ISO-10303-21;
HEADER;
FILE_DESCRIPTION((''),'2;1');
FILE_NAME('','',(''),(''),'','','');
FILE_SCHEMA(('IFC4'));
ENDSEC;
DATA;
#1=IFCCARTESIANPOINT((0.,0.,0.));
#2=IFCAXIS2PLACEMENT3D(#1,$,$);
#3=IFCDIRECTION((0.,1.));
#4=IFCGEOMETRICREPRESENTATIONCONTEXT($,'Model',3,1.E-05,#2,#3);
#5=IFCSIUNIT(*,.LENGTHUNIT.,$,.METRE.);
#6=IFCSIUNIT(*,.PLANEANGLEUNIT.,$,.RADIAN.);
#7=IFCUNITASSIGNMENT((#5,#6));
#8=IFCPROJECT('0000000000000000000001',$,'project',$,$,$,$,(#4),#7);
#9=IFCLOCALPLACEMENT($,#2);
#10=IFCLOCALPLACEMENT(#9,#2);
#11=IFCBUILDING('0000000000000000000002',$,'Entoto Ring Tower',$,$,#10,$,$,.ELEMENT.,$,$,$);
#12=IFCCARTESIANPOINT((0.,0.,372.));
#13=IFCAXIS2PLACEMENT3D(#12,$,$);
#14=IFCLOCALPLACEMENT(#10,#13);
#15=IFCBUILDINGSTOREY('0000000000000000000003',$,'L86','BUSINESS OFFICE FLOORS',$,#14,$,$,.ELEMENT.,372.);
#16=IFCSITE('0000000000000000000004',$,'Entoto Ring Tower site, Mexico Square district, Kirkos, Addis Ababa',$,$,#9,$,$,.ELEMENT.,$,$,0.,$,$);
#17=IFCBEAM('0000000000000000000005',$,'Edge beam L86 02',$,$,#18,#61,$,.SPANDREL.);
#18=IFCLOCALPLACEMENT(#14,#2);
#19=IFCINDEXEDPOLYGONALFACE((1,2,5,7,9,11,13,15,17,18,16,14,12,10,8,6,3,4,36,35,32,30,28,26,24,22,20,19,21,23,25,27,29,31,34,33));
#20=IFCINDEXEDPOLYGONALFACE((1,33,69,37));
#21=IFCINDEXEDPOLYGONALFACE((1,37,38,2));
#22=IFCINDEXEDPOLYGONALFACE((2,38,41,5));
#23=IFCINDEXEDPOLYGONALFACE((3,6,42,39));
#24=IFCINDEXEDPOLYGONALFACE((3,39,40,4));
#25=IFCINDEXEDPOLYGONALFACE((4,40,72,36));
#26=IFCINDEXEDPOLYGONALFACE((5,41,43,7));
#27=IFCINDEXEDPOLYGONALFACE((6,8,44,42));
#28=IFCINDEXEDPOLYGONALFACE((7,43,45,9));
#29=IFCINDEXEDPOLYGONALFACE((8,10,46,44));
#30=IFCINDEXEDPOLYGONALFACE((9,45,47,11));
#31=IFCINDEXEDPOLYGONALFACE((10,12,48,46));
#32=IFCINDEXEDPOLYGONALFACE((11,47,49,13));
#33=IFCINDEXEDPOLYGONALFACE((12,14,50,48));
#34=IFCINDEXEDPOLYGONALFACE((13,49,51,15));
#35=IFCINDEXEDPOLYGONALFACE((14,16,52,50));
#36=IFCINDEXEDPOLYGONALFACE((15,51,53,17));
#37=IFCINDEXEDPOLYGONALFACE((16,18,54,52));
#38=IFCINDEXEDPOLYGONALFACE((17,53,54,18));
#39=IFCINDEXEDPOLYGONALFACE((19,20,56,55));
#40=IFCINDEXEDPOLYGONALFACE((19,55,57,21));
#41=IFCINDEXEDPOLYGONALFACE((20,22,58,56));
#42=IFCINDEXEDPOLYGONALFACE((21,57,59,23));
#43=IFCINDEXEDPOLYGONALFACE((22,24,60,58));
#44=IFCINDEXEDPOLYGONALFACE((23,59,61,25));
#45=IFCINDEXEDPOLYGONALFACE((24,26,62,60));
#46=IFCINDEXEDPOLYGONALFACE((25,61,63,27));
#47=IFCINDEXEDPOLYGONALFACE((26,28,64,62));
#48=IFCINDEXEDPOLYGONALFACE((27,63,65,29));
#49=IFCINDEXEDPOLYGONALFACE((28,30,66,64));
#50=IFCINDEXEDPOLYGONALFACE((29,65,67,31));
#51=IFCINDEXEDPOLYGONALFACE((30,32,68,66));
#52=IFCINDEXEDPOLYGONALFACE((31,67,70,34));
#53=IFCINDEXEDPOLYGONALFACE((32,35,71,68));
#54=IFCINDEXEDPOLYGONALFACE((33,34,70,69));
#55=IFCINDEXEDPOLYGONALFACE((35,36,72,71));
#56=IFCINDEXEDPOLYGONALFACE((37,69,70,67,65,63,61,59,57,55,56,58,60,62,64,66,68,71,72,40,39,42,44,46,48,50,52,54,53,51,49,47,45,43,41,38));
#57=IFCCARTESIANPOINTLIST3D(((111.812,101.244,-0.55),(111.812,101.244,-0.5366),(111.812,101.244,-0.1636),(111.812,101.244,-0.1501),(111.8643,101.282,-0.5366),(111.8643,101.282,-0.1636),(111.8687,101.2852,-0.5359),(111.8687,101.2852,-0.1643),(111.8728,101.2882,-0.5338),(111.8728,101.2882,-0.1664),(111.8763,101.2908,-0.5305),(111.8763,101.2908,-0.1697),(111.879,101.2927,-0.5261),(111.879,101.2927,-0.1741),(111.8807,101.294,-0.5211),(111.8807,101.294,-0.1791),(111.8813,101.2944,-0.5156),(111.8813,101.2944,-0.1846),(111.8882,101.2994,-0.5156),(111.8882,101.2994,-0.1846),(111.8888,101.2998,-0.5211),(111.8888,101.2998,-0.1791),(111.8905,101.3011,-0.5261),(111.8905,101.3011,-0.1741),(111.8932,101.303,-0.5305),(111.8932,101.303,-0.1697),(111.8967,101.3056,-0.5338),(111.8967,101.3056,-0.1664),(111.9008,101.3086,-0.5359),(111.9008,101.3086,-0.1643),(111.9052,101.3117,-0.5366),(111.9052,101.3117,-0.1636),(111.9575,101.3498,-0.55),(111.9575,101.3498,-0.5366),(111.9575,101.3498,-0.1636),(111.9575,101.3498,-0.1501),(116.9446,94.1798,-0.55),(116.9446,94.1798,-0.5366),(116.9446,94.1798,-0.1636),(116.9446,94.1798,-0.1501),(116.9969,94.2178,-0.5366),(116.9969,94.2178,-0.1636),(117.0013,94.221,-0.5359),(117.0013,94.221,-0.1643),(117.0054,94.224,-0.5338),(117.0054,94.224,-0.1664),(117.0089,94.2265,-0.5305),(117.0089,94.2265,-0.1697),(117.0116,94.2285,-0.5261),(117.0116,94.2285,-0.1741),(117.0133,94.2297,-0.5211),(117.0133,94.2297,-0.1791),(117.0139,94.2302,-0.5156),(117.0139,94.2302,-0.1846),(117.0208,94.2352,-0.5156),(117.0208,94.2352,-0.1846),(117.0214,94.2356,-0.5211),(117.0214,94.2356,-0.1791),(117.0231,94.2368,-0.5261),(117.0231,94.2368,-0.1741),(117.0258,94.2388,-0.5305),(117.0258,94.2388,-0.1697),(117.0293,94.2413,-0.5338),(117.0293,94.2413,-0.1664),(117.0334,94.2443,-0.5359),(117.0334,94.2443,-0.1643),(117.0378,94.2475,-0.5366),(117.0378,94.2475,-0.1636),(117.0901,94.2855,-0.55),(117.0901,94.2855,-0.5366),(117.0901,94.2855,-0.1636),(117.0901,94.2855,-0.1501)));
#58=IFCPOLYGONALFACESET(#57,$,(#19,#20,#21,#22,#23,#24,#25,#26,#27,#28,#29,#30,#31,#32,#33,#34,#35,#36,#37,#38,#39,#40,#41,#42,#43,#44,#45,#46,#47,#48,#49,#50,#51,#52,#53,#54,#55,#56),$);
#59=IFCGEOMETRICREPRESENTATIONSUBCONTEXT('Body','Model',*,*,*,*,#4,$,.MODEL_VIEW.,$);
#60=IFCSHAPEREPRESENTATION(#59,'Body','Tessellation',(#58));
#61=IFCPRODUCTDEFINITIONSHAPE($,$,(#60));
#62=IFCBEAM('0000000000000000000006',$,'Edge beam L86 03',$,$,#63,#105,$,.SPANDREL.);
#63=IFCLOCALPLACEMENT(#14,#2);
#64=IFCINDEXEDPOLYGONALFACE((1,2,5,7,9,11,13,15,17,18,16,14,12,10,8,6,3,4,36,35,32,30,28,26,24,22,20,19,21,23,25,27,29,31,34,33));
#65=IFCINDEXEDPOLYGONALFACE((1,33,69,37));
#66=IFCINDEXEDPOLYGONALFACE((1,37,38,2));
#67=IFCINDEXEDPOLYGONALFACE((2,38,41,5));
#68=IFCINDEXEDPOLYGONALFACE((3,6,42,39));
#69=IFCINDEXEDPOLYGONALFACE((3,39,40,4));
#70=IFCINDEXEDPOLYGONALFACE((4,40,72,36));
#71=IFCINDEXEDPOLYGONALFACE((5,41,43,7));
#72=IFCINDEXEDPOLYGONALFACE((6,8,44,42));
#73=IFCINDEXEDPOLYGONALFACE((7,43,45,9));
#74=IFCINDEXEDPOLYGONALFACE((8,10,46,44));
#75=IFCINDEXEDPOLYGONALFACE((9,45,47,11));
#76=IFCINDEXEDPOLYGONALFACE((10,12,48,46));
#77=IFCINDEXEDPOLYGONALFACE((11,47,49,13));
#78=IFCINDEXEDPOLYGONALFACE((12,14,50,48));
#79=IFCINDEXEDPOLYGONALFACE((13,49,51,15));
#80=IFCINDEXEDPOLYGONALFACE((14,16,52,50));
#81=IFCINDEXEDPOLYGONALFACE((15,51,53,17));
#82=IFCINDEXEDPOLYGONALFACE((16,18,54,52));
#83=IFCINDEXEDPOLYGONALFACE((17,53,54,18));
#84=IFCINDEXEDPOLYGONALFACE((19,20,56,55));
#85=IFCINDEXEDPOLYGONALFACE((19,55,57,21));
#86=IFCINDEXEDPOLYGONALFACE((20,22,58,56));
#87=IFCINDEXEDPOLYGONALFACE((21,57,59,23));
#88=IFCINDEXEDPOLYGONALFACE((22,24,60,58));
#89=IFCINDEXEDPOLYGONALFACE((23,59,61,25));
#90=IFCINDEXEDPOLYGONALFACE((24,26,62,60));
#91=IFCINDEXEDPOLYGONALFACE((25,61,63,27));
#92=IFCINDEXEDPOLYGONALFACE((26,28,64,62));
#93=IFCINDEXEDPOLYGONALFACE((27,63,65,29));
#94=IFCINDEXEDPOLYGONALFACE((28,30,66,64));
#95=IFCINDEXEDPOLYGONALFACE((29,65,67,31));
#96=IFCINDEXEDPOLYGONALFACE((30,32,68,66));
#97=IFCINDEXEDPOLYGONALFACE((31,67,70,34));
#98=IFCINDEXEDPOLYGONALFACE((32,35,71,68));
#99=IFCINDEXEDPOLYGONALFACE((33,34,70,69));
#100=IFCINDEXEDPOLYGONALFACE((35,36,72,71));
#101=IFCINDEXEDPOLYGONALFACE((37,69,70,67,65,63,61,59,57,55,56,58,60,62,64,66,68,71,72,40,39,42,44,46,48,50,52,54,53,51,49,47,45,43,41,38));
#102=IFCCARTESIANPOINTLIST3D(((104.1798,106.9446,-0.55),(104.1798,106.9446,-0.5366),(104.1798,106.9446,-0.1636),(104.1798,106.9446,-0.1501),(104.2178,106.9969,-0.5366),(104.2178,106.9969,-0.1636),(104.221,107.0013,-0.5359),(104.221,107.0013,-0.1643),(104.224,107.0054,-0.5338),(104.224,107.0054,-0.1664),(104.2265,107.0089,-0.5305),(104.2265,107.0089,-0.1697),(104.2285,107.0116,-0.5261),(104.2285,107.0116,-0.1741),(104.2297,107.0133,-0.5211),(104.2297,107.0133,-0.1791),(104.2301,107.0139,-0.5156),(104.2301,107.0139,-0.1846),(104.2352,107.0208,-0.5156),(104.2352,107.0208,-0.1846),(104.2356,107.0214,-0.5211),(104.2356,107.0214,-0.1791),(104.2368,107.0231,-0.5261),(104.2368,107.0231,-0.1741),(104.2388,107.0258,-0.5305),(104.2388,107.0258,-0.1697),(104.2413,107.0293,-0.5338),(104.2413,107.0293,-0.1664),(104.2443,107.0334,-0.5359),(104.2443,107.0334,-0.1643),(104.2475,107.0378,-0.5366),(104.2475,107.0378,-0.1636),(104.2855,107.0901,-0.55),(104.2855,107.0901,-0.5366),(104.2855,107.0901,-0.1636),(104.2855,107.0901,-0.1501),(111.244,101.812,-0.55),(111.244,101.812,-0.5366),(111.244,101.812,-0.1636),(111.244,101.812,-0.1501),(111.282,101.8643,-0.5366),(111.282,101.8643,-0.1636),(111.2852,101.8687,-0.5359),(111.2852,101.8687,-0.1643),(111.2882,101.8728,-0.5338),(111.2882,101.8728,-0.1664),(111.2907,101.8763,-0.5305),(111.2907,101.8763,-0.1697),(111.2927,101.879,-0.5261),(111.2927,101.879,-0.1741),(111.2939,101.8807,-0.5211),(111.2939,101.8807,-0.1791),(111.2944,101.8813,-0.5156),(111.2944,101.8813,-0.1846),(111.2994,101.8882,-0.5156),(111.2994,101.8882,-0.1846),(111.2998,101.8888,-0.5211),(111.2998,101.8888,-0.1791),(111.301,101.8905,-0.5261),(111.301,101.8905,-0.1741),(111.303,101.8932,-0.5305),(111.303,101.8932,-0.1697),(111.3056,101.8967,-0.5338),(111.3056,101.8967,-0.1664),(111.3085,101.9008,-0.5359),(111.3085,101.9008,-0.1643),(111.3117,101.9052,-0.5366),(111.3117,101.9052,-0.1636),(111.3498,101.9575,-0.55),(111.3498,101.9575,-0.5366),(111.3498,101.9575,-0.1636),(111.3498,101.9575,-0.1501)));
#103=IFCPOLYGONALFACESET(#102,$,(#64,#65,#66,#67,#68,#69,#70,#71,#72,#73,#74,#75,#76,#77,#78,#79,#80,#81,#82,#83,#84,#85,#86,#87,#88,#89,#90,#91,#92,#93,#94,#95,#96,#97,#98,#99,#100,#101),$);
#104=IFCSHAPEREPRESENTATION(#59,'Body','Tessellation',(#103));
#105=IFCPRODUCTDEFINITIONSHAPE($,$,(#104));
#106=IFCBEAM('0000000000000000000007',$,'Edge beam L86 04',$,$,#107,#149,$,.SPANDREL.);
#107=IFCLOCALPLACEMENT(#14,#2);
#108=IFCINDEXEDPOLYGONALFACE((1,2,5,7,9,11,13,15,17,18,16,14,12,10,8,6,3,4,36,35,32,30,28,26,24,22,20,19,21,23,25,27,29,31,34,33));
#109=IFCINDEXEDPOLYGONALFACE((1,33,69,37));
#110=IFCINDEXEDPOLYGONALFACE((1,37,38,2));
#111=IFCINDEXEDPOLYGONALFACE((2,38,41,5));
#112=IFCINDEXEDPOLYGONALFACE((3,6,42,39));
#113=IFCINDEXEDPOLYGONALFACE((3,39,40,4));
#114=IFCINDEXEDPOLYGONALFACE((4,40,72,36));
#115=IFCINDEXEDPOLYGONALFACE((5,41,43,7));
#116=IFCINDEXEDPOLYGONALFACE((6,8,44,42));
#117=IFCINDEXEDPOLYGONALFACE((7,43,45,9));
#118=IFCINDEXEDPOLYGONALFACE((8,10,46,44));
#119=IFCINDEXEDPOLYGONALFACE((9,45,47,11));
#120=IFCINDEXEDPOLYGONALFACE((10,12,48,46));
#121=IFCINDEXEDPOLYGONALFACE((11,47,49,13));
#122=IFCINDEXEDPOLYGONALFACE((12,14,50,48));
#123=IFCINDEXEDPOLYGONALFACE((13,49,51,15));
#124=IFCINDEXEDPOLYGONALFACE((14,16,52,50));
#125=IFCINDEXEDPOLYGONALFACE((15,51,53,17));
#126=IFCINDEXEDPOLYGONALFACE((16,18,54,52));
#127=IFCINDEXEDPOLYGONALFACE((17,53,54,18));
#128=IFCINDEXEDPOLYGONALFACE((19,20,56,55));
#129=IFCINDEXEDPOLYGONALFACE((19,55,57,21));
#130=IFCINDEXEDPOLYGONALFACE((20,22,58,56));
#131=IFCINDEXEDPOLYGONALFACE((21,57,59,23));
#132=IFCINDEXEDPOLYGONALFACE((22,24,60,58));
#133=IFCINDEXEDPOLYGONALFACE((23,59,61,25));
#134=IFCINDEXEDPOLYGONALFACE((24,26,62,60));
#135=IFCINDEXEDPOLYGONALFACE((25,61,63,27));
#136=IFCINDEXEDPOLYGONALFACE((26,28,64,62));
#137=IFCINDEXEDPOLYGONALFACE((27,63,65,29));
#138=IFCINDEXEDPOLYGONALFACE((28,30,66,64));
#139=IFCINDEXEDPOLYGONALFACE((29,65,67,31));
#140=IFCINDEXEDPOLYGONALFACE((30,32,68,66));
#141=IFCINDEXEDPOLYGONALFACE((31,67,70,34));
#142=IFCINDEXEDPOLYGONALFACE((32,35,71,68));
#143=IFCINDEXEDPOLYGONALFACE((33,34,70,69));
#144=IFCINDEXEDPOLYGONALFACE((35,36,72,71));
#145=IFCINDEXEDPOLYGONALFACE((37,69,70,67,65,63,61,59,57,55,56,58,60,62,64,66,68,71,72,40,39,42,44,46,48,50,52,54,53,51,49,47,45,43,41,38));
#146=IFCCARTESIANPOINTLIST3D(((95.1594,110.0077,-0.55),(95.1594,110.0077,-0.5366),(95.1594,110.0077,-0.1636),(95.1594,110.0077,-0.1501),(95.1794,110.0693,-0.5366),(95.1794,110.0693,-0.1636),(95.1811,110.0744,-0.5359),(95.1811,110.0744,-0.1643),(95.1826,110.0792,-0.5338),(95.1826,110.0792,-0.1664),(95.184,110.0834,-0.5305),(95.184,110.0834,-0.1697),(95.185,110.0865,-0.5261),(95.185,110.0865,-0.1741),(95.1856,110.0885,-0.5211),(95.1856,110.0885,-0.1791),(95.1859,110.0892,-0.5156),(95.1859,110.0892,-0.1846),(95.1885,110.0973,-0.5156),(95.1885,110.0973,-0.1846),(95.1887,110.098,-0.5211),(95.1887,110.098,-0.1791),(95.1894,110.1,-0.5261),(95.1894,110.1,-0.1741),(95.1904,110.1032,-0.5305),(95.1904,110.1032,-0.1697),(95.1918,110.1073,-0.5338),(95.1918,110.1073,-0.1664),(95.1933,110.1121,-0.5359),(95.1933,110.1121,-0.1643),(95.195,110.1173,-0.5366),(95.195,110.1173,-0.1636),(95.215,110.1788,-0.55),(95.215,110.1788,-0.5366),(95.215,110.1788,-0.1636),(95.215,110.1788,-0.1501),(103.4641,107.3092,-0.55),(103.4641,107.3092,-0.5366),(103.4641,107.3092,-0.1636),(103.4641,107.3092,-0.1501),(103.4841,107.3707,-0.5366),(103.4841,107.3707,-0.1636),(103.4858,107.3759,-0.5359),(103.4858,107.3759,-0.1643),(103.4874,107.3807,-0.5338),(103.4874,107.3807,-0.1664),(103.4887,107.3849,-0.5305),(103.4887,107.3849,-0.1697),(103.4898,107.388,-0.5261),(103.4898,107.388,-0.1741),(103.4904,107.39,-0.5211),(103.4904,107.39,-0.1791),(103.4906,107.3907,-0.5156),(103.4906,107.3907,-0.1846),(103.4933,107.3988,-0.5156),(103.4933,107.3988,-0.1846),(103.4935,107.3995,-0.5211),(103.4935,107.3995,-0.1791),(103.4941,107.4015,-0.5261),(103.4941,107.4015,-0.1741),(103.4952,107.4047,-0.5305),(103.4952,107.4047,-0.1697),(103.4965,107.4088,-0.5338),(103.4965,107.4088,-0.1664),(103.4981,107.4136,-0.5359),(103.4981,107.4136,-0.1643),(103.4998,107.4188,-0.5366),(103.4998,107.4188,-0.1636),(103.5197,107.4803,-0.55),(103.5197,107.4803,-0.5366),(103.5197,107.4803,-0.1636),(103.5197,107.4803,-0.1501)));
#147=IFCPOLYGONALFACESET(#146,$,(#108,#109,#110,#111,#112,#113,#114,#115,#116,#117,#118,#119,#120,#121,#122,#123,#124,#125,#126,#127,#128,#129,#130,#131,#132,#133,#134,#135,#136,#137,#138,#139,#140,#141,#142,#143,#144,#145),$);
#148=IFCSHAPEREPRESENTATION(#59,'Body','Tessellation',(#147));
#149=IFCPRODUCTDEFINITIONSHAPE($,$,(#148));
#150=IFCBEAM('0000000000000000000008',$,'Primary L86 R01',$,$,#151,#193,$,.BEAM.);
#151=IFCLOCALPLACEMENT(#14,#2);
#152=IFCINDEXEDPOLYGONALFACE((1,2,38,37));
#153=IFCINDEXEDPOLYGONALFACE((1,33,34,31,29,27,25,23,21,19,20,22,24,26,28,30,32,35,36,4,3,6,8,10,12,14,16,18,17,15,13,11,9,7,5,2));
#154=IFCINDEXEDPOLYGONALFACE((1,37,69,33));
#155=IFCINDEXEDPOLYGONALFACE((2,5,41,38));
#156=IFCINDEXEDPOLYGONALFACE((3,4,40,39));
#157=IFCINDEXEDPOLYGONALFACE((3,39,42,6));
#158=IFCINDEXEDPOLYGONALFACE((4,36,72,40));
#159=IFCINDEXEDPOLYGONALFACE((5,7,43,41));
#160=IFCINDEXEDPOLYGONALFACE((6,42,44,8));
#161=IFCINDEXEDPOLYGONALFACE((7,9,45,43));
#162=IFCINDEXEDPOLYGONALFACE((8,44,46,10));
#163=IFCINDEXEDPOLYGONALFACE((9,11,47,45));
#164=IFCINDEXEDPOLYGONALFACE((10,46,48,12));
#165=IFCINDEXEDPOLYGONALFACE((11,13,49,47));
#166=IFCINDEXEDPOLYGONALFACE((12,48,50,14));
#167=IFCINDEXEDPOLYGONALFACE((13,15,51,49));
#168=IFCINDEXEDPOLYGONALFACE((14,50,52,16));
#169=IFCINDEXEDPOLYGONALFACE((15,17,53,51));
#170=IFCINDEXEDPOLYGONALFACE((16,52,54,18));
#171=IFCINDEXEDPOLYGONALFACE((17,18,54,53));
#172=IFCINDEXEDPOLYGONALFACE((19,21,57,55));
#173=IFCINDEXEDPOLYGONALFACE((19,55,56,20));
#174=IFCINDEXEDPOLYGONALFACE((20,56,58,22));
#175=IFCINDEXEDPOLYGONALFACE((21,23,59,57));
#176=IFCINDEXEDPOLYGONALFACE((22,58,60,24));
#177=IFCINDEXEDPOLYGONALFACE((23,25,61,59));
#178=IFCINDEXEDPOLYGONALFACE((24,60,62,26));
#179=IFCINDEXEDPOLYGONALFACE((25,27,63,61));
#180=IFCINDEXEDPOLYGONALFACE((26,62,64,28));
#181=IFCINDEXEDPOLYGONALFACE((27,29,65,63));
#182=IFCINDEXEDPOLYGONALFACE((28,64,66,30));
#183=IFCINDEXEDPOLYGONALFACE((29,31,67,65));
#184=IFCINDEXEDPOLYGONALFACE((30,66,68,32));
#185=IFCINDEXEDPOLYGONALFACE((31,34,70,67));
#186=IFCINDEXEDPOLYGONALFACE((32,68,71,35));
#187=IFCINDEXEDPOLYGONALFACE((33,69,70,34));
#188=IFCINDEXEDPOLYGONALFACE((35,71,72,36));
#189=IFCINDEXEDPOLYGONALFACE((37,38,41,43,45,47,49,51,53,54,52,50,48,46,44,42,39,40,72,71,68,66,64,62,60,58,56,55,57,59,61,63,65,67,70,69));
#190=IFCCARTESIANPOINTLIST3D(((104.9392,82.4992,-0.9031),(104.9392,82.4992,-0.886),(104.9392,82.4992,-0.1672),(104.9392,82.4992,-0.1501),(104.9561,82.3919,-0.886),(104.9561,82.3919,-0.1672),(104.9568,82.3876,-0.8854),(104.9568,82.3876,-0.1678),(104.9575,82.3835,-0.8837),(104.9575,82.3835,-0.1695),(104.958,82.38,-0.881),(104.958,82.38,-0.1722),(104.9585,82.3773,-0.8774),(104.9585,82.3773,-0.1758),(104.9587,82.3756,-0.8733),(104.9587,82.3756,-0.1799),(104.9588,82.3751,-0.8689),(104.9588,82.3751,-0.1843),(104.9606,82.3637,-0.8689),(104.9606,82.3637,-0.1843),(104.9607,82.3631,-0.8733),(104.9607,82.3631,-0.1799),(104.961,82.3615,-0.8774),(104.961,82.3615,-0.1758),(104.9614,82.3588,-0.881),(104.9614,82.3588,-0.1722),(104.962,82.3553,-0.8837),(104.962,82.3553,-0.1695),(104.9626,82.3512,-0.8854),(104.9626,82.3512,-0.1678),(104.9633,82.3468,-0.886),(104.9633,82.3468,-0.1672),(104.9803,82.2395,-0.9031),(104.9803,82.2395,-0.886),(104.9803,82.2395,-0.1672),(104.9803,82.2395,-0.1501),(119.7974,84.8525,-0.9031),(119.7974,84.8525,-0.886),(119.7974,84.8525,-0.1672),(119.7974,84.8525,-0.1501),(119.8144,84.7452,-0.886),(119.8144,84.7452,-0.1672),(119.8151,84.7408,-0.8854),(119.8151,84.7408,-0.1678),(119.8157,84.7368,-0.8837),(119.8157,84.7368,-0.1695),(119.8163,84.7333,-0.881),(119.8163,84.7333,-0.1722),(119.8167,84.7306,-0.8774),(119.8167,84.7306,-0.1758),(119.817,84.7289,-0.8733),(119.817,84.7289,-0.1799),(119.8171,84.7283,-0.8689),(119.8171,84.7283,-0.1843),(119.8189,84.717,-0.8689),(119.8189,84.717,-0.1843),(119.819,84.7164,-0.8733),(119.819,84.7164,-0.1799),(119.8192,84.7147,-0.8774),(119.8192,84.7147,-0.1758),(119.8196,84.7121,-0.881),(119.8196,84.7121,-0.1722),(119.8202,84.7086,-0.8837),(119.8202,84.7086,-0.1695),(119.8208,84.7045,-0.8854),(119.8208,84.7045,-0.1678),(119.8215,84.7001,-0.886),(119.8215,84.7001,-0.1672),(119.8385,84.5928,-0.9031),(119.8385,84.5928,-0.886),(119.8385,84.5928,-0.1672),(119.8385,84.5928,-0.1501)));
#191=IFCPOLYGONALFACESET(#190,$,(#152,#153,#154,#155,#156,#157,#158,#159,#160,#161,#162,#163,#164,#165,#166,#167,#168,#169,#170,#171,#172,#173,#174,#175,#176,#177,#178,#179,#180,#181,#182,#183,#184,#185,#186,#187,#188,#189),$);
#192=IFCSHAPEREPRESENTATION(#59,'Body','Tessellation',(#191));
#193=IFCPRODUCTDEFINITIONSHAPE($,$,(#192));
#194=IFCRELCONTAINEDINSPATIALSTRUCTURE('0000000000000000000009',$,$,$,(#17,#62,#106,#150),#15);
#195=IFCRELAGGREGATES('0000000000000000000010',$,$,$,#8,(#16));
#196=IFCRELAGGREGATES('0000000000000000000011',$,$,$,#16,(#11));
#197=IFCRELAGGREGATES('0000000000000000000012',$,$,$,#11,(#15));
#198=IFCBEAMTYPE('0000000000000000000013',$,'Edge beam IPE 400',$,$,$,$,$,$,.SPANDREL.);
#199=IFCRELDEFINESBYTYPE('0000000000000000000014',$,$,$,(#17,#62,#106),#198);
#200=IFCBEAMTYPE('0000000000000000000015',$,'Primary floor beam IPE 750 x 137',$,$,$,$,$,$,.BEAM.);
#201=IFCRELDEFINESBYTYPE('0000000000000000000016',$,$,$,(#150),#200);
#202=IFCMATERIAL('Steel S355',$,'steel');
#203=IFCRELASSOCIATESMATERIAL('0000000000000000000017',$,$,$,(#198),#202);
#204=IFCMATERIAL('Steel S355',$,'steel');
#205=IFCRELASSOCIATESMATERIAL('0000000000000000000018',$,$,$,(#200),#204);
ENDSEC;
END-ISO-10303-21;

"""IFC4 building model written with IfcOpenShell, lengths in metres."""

from ifc_helpers import new_model, si_unit, direction, frame, origin, origin_2d, place, context, subcontext, project, spatial, i_section, extrude, material, material_profile, profile_set, type_object, element, save


model = new_model("IFC4")

# Units and contexts
model_context = context("Model", 3, precision=1e-05, world=origin(), true_north=direction((0.0, 1.0)))
body_context = subcontext(model_context, "Body", "Model", "MODEL_VIEW")
ifc_project = project(units=[si_unit("LENGTHUNIT", "METRE"), si_unit("PLANEANGLEUNIT", "RADIAN")], contexts=[model_context])

# Site, building, storey
site_placement = place(None, origin())
site = spatial("IfcSite", under=ifc_project, at=site_placement, Name="Entoto Ring Tower site, Mexico Square district, Kirkos, Addis Ababa", CompositionType="ELEMENT", RefElevation=0.0)
building_placement = place(site_placement, origin())
building = spatial("IfcBuilding", under=site, at=building_placement, Name="Entoto Ring Tower", CompositionType="ELEMENT")
storey_placement = place(building_placement, frame((0.0, 0.0, 372.0)))
storey = spatial("IfcBuildingStorey", under=building, at=storey_placement, Name="L86", Description="BUSINESS OFFICE FLOORS", CompositionType="ELEMENT", Elevation=372.0)

# Beams
ifc_material_1 = material(Name="Steel S355", Category="steel")
ifc_material_profile_1 = material_profile(ifc_material_1, i_section(OverallWidth=0.1799, OverallDepth=0.3999, WebThickness=0.0085, FlangeThickness=0.0134, FilletRadius=0.021, at=origin_2d()), Name="IPE 400")
ifc_profile_set_1 = profile_set([ifc_material_profile_1], Name="Steel S355")
beam_type_1 = type_object("IfcBeamType", Name="Edge beam IPE 400", PredefinedType="SPANDREL", material=ifc_profile_set_1)
for number, where, z_axis, x_axis, name in (
    (1, (117.0173, 94.2327, -0.3501), (-0.587794, 0.80901, 0.0), (-0.80901, -0.587794, 0.0), "Edge beam L86 02"),
    (2, (111.2969, 101.8848, -0.3501), (-0.80901, 0.587794, 0.0), (-0.587794, -0.80901, 0.0), "Edge beam L86 03"),
):
    element("IfcBeam", number, at=place(storey_placement, frame(where, z_axis=z_axis, x_axis=x_axis)), inside=storey, type_object=beam_type_1, Name=name, PredefinedType="SPANDREL", context=body_context, shape_type="SweptSolid", body=[
        extrude(i_section(OverallWidth=0.1799, OverallDepth=0.3999, WebThickness=0.0085, FlangeThickness=0.0134, FilletRadius=0.021, at=origin_2d()), origin(), (0.0, 0.0, 1.0), 8.7319),
    ])
beam_1_placement = place(storey_placement, frame((103.4919, 107.3948, -0.3501), z_axis=(-0.951052, 0.30903, 0.0), x_axis=(-0.30903, -0.951052, 0.0)))
element("IfcBeam", 3, at=beam_1_placement, inside=storey, type_object=beam_type_1, Name="Edge beam L86 04", PredefinedType="SPANDREL", context=body_context, shape_type="SweptSolid", body=[
    extrude(i_section(OverallWidth=0.1799, OverallDepth=0.3999, WebThickness=0.0085, FlangeThickness=0.0134, FilletRadius=0.021, at=origin_2d()), origin(), (0.0, 0.0, 1.0), 8.7322),
])
ifc_material_2 = material(Name="Steel S355", Category="steel")
ifc_material_profile_2 = material_profile(ifc_material_2, i_section(OverallWidth=0.2629, OverallDepth=0.7529, WebThickness=0.0115, FlangeThickness=0.0171, FilletRadius=0.0171, at=origin_2d()), Name="IPE 750 x 137")
ifc_profile_set_2 = profile_set([ifc_material_profile_2], Name="Steel S355")
beam_type_2 = type_object("IfcBeamType", Name="Primary floor beam IPE 750 x 137", PredefinedType="BEAM", material=ifc_profile_set_2)
beam_2_placement = place(storey_placement, frame((104.9597, 82.3694, -0.5266), z_axis=(0.987689, 0.156433, 0.0), x_axis=(-0.156433, 0.987689, 0.0)))
element("IfcBeam", 4, at=beam_2_placement, inside=storey, type_object=beam_type_2, Name="Primary L86 R01", PredefinedType="BEAM", context=body_context, shape_type="SweptSolid", body=[
    extrude(i_section(OverallWidth=0.2629, OverallDepth=0.7529, WebThickness=0.0115, FlangeThickness=0.0171, FilletRadius=0.0171, at=origin_2d()), origin(), (0.0, 0.0, 1.0), 15.0435),
])

save(model, "model.ifc")
